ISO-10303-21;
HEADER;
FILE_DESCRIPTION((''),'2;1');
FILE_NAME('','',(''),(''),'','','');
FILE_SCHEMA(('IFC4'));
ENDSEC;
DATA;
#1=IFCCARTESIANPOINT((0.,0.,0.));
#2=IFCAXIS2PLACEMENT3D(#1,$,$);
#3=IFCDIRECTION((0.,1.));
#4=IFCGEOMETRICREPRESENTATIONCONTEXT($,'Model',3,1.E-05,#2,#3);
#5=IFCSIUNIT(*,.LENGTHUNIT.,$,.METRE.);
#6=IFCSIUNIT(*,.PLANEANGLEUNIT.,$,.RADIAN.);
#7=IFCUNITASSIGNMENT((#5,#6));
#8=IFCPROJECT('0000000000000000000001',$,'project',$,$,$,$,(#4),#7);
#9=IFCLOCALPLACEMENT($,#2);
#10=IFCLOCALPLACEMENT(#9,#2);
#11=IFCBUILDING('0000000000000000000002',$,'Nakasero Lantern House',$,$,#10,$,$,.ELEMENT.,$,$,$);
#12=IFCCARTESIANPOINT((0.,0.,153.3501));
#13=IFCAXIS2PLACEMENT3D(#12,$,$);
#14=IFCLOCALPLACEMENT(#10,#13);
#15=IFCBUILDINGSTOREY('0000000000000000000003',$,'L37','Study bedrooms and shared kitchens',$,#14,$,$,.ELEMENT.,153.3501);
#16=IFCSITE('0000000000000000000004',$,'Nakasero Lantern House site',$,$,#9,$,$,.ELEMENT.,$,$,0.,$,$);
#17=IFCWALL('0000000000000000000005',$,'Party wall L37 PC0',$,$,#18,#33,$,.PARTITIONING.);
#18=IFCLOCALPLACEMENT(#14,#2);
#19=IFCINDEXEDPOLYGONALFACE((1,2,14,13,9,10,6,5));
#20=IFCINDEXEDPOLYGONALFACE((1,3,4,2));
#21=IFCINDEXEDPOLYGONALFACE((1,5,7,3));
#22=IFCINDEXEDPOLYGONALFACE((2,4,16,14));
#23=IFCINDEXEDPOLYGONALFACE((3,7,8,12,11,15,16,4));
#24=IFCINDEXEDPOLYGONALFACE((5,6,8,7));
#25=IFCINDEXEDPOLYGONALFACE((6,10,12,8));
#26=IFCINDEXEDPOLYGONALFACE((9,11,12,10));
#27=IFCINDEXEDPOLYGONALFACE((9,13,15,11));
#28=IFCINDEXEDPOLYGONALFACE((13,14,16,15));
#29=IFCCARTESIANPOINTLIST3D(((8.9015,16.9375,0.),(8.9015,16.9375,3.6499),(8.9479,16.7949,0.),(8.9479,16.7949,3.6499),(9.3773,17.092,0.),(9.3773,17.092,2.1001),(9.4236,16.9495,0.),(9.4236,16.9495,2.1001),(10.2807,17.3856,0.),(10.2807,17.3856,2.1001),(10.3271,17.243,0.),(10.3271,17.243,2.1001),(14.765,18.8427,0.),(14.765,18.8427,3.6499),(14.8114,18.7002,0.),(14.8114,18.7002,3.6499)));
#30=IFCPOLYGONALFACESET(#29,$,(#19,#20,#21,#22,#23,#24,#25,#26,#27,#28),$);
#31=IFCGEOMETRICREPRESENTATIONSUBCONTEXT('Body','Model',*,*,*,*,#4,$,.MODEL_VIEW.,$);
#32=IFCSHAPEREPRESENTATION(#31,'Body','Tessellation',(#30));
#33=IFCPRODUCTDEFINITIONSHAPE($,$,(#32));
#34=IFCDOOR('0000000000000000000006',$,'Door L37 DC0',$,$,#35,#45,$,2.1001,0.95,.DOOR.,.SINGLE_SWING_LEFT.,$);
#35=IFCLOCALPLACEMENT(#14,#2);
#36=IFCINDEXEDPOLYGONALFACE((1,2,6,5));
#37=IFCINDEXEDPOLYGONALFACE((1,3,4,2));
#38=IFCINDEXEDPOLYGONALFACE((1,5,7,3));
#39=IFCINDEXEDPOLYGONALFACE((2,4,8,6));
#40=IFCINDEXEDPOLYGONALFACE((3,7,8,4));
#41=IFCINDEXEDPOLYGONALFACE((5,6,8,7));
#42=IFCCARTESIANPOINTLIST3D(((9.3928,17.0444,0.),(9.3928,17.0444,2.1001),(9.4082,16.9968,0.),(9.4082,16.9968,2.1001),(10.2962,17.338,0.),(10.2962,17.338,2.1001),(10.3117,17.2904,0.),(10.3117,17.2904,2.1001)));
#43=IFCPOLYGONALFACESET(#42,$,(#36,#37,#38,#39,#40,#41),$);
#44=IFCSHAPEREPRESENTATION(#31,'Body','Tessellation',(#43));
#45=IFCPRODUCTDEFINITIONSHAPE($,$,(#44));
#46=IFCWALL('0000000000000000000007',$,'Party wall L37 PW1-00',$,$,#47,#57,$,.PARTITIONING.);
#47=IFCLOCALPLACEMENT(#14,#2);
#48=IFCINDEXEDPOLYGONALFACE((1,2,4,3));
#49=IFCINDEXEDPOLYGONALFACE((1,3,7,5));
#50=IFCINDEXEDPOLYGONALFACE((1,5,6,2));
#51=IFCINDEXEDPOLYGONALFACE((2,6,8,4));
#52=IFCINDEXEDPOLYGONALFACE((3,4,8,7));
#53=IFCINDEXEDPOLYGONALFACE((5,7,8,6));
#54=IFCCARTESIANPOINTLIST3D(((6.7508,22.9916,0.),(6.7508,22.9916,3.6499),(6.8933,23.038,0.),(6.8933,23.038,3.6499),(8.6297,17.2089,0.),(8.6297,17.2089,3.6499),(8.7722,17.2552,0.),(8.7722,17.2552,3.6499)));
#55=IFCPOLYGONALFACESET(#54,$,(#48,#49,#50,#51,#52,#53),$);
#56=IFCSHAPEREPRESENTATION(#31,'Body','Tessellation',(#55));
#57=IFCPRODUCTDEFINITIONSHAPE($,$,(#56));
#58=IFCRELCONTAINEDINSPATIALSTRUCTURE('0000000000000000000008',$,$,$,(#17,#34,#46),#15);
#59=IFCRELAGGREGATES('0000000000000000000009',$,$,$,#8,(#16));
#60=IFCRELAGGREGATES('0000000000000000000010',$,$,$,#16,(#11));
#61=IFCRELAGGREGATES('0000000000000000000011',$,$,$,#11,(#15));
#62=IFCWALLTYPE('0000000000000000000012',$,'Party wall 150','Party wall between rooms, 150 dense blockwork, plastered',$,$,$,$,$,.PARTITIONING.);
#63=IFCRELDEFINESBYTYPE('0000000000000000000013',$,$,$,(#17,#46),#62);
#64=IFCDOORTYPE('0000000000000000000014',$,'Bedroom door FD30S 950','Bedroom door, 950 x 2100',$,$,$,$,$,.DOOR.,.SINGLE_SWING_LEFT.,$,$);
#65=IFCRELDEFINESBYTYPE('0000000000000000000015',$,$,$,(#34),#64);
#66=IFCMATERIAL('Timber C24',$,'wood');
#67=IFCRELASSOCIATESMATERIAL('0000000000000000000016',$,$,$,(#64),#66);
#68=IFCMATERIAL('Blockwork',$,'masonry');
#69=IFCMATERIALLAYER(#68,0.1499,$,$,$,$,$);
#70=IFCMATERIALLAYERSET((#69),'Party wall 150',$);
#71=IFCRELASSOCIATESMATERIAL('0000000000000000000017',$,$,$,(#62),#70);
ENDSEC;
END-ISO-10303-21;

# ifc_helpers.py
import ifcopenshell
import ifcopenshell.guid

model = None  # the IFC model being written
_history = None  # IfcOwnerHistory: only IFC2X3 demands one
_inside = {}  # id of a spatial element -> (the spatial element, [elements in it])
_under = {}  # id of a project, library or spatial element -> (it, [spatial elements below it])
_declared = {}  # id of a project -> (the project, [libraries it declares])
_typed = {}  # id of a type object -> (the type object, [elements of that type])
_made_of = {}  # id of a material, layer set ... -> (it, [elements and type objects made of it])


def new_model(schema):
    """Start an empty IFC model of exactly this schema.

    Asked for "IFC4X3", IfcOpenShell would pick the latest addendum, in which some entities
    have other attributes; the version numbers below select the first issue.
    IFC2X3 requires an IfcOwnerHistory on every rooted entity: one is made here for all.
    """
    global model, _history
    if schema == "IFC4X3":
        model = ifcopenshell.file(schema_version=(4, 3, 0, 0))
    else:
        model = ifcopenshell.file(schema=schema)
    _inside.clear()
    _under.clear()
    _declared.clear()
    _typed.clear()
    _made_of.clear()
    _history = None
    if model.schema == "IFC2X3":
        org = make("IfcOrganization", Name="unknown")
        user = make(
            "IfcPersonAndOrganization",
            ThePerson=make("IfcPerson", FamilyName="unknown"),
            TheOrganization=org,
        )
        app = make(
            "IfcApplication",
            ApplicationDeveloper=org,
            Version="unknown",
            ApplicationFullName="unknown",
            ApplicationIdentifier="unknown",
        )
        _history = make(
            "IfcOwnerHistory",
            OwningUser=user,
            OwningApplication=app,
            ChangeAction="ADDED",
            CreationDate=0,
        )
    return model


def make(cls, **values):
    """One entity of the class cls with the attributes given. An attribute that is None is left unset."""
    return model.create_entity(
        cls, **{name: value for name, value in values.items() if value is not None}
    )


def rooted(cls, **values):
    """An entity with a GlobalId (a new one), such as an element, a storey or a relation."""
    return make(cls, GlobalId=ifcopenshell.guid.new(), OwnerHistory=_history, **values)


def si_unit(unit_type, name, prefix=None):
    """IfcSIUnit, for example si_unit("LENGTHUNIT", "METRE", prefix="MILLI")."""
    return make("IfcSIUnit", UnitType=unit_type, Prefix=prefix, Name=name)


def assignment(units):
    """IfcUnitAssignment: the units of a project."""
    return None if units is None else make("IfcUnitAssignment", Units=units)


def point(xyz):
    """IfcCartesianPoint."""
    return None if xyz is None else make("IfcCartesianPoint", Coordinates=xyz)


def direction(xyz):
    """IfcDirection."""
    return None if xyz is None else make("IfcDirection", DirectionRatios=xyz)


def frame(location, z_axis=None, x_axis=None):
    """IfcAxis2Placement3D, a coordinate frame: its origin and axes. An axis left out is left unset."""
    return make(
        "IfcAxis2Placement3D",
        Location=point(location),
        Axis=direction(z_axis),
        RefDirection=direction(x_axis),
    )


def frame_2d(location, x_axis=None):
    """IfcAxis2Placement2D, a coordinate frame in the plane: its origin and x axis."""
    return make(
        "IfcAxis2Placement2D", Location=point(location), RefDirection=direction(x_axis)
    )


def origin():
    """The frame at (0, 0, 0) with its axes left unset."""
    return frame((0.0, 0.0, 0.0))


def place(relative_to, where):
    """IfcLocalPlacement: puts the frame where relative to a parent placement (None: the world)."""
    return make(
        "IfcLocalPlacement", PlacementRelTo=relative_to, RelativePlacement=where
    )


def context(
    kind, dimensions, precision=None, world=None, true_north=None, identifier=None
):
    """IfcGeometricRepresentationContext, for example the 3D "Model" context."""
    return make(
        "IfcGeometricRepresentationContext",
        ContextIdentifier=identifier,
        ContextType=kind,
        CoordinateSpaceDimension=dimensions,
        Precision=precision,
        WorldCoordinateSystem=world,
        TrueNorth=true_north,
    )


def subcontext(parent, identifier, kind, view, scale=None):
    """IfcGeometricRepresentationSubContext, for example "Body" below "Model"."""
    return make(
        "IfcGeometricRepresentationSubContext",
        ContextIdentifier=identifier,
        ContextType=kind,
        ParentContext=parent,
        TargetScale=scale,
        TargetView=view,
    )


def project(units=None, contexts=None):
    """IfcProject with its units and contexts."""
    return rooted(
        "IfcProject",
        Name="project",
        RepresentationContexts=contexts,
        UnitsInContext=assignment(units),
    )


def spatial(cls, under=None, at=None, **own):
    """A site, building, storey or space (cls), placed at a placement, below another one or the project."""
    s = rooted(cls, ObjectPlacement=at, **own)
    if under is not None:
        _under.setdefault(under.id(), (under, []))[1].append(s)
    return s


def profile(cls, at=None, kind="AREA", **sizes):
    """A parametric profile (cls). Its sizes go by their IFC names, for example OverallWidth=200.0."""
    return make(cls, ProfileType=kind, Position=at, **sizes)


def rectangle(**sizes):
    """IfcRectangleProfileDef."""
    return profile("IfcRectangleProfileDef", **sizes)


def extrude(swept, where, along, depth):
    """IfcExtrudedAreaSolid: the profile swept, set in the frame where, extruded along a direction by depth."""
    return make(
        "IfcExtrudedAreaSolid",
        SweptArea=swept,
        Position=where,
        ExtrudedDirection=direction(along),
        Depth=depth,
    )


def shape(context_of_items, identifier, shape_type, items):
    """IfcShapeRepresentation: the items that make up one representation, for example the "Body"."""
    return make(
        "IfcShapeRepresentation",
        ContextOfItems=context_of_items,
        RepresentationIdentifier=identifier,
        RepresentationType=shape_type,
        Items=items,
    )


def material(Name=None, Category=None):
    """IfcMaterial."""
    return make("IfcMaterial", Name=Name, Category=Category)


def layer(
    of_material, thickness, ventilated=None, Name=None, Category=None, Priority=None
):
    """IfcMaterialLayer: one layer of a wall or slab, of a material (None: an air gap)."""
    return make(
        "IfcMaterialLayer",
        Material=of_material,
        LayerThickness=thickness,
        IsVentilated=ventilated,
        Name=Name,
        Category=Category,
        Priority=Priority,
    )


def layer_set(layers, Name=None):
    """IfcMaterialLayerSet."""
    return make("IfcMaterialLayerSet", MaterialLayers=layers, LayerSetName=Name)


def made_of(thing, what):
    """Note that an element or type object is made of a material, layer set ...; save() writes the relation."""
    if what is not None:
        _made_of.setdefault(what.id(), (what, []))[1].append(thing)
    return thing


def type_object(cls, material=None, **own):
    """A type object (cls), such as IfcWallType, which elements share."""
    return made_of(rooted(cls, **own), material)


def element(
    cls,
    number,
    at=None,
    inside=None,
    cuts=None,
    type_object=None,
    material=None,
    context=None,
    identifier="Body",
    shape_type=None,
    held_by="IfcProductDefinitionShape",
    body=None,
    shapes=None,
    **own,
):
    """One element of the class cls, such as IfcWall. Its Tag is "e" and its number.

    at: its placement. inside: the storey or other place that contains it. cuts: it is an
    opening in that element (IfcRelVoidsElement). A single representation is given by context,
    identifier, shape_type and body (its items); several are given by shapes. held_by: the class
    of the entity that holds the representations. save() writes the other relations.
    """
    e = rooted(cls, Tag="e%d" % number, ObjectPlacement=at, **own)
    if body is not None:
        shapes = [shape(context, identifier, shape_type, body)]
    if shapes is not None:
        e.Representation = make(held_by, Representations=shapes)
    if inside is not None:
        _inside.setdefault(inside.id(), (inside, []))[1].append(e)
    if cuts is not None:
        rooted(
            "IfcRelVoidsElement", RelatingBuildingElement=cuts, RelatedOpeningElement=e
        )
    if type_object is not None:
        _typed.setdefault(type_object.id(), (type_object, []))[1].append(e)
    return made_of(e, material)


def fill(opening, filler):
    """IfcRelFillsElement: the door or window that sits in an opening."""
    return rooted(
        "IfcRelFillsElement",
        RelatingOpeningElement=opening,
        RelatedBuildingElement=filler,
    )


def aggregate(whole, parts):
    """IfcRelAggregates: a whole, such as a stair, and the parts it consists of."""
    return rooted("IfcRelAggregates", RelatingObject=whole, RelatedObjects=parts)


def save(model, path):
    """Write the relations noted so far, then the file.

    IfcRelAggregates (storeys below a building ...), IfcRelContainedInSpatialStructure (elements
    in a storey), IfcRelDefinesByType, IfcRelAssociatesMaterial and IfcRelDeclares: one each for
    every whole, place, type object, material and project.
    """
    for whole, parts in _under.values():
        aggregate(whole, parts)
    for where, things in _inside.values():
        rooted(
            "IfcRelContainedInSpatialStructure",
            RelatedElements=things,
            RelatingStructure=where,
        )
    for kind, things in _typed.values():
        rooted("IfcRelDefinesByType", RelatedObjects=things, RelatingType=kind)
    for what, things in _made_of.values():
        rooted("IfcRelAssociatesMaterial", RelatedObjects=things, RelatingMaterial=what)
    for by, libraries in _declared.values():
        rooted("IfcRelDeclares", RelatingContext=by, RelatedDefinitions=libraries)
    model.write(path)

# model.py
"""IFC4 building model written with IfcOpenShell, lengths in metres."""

from ifc_helpers import new_model, si_unit, direction, frame, frame_2d, origin, place, context, subcontext, project, spatial, rectangle, extrude, material, layer, layer_set, type_object, element, fill, save


model = new_model("IFC4")

# Units and contexts
model_context = context("Model", 3, precision=1e-05, world=origin(), true_north=direction((0.0, 1.0)))
body_context = subcontext(model_context, "Body", "Model", "MODEL_VIEW")
ifc_project = project(units=[si_unit("LENGTHUNIT", "METRE"), si_unit("PLANEANGLEUNIT", "RADIAN")], contexts=[model_context])

# Site, building, storey
site_placement = place(None, origin())
site = spatial("IfcSite", under=ifc_project, at=site_placement, Name="Nakasero Lantern House site", CompositionType="ELEMENT", RefElevation=0.0)
building_placement = place(site_placement, origin())
building = spatial("IfcBuilding", under=site, at=building_placement, Name="Nakasero Lantern House", CompositionType="ELEMENT")
storey_placement = place(building_placement, frame((0.0, 0.0, 153.3501)))
storey = spatial("IfcBuildingStorey", under=building, at=storey_placement, Name="L37", Description="Study bedrooms and shared kitchens", CompositionType="ELEMENT", Elevation=153.3501)

# Shared definitions
ifc_material_1 = material(Name="Timber C24", Category="wood")
door_type_1 = type_object("IfcDoorType", Name="Bedroom door FD30S 950", Description="Bedroom door, 950 x 2100", OperationType="SINGLE_SWING_LEFT", PredefinedType="DOOR", material=ifc_material_1)

# Wall, opening, door
ifc_material_2 = material(Name="Blockwork", Category="masonry")
ifc_layer_1 = layer(ifc_material_2, 0.1499)
ifc_layer_set_1 = layer_set([ifc_layer_1], Name="Party wall 150")
wall_type_1 = type_object("IfcWallType", Name="Party wall 150", Description="Party wall between rooms, 150 dense blockwork, plastered", PredefinedType="PARTITIONING", material=ifc_layer_set_1)
wall_1_placement = place(storey_placement, frame((8.9248, 16.8662, 0.0), z_axis=(0.0, 0.0, 1.0), x_axis=(0.951052, 0.309031, 0.0)))
wall_1 = element("IfcWall", 1, at=wall_1_placement, inside=storey, type_object=wall_type_1, Name="Party wall L37 PC0", PredefinedType="PARTITIONING", context=body_context, shape_type="SweptSolid", body=[
    extrude(rectangle(XDim=6.1653, YDim=0.1499, at=frame_2d((3.0825, 0.0))), origin(), (0.0, 0.0, 1.0), 3.6499),
])
opening_1_placement = place(wall_1_placement, frame((0.5, 0.0, 0.0)))
opening_1 = element("IfcOpeningElement", 2, at=opening_1_placement, cuts=wall_1, PredefinedType="OPENING", context=body_context, shape_type="SweptSolid", body=[
    extrude(rectangle(XDim=0.95, YDim=2.1001, at=frame_2d((0.4751, 1.05))), frame((0.0, 0.095, 0.0), z_axis=(0.0, -1.0, 0.0), x_axis=(1.0, 0.0, 0.0)), (0.0, 0.0, 1.0), 0.1899),
])
door_1_placement = place(opening_1_placement, origin())
door_1 = element("IfcDoor", 3, at=door_1_placement, inside=storey, type_object=door_type_1, Name="Door L37 DC0", OperationType="SINGLE_SWING_LEFT", OverallHeight=2.1001, OverallWidth=0.95, PredefinedType="DOOR", context=body_context, shape_type="SweptSolid", body=[
    extrude(rectangle(XDim=0.95, YDim=2.1001, at=frame_2d((0.4751, 1.05))), frame((0.0, 0.0249, 0.0), z_axis=(0.0, -1.0, 0.0), x_axis=(1.0, 0.0, 0.0)), (0.0, 0.0, 1.0), 0.05),
])
fill(opening_1, door_1)

# Wall
wall_2_placement = place(storey_placement, frame((8.7009, 17.2322, 0.0), z_axis=(0.0, 0.0, 1.0), x_axis=(-0.309015, 0.951057, 0.0)))
element("IfcWall", 4, at=wall_2_placement, inside=storey, type_object=wall_type_1, Name="Party wall L37 PW1-00", PredefinedType="PARTITIONING", context=body_context, shape_type="SweptSolid", body=[
    extrude(rectangle(XDim=6.0803, YDim=0.1499, at=frame_2d((3.04, 0.0))), origin(), (0.0, 0.0, 1.0), 3.6499),
])

save(model, "model.ifc")
